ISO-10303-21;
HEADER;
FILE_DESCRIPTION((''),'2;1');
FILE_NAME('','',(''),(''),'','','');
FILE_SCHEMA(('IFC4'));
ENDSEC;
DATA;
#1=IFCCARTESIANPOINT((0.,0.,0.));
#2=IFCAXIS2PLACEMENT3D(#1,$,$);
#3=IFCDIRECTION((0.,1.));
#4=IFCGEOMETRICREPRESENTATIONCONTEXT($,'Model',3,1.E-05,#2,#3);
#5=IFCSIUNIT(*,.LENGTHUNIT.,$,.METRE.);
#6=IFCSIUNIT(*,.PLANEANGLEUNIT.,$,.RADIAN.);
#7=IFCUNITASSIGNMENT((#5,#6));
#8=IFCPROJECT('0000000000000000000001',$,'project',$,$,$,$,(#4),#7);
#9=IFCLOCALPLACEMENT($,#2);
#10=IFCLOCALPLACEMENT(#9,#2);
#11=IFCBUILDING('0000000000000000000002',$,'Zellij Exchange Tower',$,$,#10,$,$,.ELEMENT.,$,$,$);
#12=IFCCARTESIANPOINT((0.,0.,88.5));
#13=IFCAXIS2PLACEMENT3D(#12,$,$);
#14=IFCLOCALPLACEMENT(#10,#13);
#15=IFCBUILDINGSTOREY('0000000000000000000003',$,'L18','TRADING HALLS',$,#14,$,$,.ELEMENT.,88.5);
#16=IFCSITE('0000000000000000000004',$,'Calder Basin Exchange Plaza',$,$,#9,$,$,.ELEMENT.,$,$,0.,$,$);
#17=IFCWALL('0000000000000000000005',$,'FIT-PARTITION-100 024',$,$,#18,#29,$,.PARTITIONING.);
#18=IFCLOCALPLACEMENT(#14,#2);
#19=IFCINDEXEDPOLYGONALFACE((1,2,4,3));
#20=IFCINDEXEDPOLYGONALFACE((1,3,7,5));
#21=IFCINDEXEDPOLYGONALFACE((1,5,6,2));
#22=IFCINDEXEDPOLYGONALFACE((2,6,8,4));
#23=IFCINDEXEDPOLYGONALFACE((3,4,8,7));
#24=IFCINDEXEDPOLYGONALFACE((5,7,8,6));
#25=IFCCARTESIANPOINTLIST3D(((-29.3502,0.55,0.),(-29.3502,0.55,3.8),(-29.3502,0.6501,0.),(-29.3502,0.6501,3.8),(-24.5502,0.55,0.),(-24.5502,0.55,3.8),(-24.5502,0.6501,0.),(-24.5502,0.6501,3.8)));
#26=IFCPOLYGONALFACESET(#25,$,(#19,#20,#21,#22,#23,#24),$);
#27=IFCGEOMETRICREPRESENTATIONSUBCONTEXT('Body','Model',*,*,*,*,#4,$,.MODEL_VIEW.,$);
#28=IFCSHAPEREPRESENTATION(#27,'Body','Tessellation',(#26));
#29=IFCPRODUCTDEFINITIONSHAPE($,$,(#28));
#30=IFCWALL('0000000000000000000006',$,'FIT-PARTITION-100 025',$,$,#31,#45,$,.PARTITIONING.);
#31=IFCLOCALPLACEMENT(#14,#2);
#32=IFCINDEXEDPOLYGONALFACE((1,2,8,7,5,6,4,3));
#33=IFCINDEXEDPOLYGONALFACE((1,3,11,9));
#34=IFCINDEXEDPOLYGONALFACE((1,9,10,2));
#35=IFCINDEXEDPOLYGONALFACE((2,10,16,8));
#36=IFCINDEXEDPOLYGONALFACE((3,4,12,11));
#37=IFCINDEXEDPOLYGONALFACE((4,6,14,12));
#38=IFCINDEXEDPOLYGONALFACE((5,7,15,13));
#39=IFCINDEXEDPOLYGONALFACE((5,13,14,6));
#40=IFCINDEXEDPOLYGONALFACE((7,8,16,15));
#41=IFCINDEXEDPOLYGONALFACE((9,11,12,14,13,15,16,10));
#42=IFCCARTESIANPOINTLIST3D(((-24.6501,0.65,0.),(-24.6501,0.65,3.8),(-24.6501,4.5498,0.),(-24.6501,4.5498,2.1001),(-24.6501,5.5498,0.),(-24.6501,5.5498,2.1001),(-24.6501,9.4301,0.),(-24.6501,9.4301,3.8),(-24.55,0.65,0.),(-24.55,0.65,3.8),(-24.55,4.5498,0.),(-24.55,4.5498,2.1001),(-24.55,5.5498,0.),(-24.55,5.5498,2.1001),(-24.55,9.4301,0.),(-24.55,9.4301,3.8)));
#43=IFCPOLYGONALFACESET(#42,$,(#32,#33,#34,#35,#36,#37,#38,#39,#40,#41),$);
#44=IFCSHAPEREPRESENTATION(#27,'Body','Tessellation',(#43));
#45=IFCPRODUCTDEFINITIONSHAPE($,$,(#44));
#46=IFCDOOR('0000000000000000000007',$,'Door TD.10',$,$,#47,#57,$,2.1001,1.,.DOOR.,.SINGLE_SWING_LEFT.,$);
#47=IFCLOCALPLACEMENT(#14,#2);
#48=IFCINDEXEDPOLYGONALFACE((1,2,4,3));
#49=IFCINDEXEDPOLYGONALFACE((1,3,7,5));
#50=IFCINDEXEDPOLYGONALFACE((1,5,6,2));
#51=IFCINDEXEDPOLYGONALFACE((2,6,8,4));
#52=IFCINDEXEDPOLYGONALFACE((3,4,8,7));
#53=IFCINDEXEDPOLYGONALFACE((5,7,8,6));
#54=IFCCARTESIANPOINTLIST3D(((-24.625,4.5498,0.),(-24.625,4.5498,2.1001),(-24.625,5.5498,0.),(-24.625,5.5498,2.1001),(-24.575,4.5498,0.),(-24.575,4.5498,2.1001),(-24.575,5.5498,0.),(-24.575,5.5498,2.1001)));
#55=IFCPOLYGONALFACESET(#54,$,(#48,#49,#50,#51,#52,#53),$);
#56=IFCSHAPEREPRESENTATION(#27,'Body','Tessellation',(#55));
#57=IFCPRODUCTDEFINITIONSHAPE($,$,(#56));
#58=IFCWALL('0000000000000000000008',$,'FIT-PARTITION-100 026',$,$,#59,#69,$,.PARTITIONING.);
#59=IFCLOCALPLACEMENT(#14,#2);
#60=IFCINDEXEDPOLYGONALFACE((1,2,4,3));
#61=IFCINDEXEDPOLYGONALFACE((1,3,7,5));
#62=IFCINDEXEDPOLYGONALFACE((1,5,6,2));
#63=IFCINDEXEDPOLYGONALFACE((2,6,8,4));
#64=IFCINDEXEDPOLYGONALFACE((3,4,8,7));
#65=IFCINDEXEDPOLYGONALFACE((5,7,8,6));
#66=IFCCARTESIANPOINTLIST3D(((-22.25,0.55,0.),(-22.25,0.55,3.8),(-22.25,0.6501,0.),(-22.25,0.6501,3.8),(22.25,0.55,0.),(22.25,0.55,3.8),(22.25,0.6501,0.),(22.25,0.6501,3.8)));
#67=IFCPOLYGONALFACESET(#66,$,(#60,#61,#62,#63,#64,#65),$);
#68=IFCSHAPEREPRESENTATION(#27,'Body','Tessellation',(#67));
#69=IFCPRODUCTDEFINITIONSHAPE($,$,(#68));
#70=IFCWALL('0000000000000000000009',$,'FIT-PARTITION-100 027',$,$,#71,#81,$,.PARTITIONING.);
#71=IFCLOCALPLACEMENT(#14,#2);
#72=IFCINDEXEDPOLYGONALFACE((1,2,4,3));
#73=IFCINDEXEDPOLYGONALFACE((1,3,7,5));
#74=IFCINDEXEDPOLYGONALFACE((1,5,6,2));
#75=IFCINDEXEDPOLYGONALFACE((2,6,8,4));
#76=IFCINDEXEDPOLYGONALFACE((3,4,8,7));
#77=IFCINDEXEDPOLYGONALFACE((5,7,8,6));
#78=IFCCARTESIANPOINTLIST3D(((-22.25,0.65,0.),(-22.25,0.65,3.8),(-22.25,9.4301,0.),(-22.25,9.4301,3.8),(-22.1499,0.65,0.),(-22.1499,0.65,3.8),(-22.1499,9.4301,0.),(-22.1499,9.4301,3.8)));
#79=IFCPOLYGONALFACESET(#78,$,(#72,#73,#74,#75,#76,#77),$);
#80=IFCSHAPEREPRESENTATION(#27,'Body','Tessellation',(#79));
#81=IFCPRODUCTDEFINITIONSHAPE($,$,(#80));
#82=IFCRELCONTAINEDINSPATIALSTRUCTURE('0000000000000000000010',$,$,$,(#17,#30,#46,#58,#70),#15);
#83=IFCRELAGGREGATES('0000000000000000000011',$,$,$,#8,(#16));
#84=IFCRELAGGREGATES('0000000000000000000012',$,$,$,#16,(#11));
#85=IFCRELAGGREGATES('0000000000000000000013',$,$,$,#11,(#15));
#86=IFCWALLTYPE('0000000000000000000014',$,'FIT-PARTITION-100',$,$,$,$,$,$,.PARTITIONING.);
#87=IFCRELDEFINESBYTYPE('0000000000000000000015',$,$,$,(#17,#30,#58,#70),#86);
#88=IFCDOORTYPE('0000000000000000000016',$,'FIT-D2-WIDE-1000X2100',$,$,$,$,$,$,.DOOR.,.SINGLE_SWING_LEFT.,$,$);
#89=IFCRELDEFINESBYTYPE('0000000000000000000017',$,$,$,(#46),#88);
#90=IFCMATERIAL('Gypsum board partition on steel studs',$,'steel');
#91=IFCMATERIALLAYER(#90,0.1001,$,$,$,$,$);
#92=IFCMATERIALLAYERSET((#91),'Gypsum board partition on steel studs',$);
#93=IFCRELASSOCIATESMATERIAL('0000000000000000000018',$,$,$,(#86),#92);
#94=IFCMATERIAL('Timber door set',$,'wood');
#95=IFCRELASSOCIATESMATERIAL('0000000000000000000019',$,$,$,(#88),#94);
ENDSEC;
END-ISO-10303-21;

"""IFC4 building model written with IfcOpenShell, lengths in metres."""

from ifc_helpers import new_model, si_unit, direction, frame, frame_2d, origin, place, context, subcontext, project, spatial, rectangle, extrude, material, layer, layer_set, type_object, element, fill, save


model = new_model("IFC4")

# Units and contexts
model_context = context("Model", 3, precision=1e-05, world=origin(), true_north=direction((0.0, 1.0)))
body_context = subcontext(model_context, "Body", "Model", "MODEL_VIEW")
ifc_project = project(units=[si_unit("LENGTHUNIT", "METRE"), si_unit("PLANEANGLEUNIT", "RADIAN")], contexts=[model_context])

# Site, building, storey
site_placement = place(None, origin())
site = spatial("IfcSite", under=ifc_project, at=site_placement, Name="Calder Basin Exchange Plaza", CompositionType="ELEMENT", RefElevation=0.0)
building_placement = place(site_placement, origin())
building = spatial("IfcBuilding", under=site, at=building_placement, Name="Zellij Exchange Tower", CompositionType="ELEMENT")
storey_placement = place(building_placement, frame((0.0, 0.0, 88.5)))
storey = spatial("IfcBuildingStorey", under=building, at=storey_placement, Name="L18", Description="TRADING HALLS", CompositionType="ELEMENT", Elevation=88.5)

# Wall
ifc_material_1 = material(Name="Gypsum board partition on steel studs", Category="steel")
ifc_layer_1 = layer(ifc_material_1, 0.1001)
ifc_layer_set_1 = layer_set([ifc_layer_1], Name="Gypsum board partition on steel studs")
wall_type_1 = type_object("IfcWallType", Name="FIT-PARTITION-100", PredefinedType="PARTITIONING", material=ifc_layer_set_1)
wall_1_placement = place(storey_placement, frame((-29.3501, 0.6001, 0.0), z_axis=(0.0, 0.0, 1.0), x_axis=(1.0, 0.0, 0.0)))
element("IfcWall", 1, at=wall_1_placement, inside=storey, type_object=wall_type_1, Name="FIT-PARTITION-100 024", PredefinedType="PARTITIONING", context=body_context, shape_type="SweptSolid", body=[
    extrude(rectangle(XDim=4.8, YDim=0.1001, at=frame_2d((2.3999, 0.0))), origin(), (0.0, 0.0, 1.0), 3.8),
])

# Wall, opening, door
wall_2_placement = place(storey_placement, frame((-24.6001, 0.6499, 0.0), z_axis=(0.0, 0.0, 1.0), x_axis=(0.0, 1.0, 0.0)))
wall_2 = element("IfcWall", 2, at=wall_2_placement, inside=storey, type_object=wall_type_1, Name="FIT-PARTITION-100 025", PredefinedType="PARTITIONING", context=body_context, shape_type="SweptSolid", body=[
    extrude(rectangle(XDim=8.78, YDim=0.1001, at=frame_2d((4.3901, 0.0))), origin(), (0.0, 0.0, 1.0), 3.8),
])
opening_1_placement = place(wall_2_placement, frame((3.8999, 0.0, 0.0)))
opening_1 = element("IfcOpeningElement", 3, at=opening_1_placement, cuts=wall_2, PredefinedType="OPENING", context=body_context, shape_type="SweptSolid", body=[
    extrude(rectangle(XDim=1.0, YDim=2.1001, at=frame_2d((0.5, 1.05))), frame((0.0, 0.062, 0.0), z_axis=(0.0, -1.0, 0.0), x_axis=(1.0, 0.0, 0.0)), (0.0, 0.0, 1.0), 0.124),
])
ifc_material_2 = material(Name="Timber door set", Category="wood")
door_type_1 = type_object("IfcDoorType", Name="FIT-D2-WIDE-1000X2100", OperationType="SINGLE_SWING_LEFT", PredefinedType="DOOR", material=ifc_material_2)
door_1_placement = place(opening_1_placement, origin())
door_1 = element("IfcDoor", 4, at=door_1_placement, inside=storey, type_object=door_type_1, Name="Door TD.10", OperationType="SINGLE_SWING_LEFT", OverallHeight=2.1001, OverallWidth=1.0, PredefinedType="DOOR", context=body_context, shape_type="SweptSolid", body=[
    extrude(rectangle(XDim=1.0, YDim=2.1001, at=frame_2d((0.5, 1.05))), frame((0.0, 0.0249, 0.0), z_axis=(0.0, -1.0, 0.0), x_axis=(1.0, 0.0, 0.0)), (0.0, 0.0, 1.0), 0.05),
])
fill(opening_1, door_1)

# Walls
wall_3_placement = place(storey_placement, frame((-22.25, 0.6001, 0.0), z_axis=(0.0, 0.0, 1.0), x_axis=(1.0, 0.0, 0.0)))
element("IfcWall", 5, at=wall_3_placement, inside=storey, type_object=wall_type_1, Name="FIT-PARTITION-100 026", PredefinedType="PARTITIONING", context=body_context, shape_type="SweptSolid", body=[
    extrude(rectangle(XDim=44.5, YDim=0.1001, at=frame_2d((22.25, 0.0))), origin(), (0.0, 0.0, 1.0), 3.8),
])
wall_4_placement = place(storey_placement, frame((-22.2, 0.6499, 0.0), z_axis=(0.0, 0.0, 1.0), x_axis=(0.0, 1.0, 0.0)))
element("IfcWall", 6, at=wall_4_placement, inside=storey, type_object=wall_type_1, Name="FIT-PARTITION-100 027", PredefinedType="PARTITIONING", context=body_context, shape_type="SweptSolid", body=[
    extrude(rectangle(XDim=8.78, YDim=0.1001, at=frame_2d((4.3901, 0.0))), origin(), (0.0, 0.0, 1.0), 3.8),
])

save(model, "model.ifc")
